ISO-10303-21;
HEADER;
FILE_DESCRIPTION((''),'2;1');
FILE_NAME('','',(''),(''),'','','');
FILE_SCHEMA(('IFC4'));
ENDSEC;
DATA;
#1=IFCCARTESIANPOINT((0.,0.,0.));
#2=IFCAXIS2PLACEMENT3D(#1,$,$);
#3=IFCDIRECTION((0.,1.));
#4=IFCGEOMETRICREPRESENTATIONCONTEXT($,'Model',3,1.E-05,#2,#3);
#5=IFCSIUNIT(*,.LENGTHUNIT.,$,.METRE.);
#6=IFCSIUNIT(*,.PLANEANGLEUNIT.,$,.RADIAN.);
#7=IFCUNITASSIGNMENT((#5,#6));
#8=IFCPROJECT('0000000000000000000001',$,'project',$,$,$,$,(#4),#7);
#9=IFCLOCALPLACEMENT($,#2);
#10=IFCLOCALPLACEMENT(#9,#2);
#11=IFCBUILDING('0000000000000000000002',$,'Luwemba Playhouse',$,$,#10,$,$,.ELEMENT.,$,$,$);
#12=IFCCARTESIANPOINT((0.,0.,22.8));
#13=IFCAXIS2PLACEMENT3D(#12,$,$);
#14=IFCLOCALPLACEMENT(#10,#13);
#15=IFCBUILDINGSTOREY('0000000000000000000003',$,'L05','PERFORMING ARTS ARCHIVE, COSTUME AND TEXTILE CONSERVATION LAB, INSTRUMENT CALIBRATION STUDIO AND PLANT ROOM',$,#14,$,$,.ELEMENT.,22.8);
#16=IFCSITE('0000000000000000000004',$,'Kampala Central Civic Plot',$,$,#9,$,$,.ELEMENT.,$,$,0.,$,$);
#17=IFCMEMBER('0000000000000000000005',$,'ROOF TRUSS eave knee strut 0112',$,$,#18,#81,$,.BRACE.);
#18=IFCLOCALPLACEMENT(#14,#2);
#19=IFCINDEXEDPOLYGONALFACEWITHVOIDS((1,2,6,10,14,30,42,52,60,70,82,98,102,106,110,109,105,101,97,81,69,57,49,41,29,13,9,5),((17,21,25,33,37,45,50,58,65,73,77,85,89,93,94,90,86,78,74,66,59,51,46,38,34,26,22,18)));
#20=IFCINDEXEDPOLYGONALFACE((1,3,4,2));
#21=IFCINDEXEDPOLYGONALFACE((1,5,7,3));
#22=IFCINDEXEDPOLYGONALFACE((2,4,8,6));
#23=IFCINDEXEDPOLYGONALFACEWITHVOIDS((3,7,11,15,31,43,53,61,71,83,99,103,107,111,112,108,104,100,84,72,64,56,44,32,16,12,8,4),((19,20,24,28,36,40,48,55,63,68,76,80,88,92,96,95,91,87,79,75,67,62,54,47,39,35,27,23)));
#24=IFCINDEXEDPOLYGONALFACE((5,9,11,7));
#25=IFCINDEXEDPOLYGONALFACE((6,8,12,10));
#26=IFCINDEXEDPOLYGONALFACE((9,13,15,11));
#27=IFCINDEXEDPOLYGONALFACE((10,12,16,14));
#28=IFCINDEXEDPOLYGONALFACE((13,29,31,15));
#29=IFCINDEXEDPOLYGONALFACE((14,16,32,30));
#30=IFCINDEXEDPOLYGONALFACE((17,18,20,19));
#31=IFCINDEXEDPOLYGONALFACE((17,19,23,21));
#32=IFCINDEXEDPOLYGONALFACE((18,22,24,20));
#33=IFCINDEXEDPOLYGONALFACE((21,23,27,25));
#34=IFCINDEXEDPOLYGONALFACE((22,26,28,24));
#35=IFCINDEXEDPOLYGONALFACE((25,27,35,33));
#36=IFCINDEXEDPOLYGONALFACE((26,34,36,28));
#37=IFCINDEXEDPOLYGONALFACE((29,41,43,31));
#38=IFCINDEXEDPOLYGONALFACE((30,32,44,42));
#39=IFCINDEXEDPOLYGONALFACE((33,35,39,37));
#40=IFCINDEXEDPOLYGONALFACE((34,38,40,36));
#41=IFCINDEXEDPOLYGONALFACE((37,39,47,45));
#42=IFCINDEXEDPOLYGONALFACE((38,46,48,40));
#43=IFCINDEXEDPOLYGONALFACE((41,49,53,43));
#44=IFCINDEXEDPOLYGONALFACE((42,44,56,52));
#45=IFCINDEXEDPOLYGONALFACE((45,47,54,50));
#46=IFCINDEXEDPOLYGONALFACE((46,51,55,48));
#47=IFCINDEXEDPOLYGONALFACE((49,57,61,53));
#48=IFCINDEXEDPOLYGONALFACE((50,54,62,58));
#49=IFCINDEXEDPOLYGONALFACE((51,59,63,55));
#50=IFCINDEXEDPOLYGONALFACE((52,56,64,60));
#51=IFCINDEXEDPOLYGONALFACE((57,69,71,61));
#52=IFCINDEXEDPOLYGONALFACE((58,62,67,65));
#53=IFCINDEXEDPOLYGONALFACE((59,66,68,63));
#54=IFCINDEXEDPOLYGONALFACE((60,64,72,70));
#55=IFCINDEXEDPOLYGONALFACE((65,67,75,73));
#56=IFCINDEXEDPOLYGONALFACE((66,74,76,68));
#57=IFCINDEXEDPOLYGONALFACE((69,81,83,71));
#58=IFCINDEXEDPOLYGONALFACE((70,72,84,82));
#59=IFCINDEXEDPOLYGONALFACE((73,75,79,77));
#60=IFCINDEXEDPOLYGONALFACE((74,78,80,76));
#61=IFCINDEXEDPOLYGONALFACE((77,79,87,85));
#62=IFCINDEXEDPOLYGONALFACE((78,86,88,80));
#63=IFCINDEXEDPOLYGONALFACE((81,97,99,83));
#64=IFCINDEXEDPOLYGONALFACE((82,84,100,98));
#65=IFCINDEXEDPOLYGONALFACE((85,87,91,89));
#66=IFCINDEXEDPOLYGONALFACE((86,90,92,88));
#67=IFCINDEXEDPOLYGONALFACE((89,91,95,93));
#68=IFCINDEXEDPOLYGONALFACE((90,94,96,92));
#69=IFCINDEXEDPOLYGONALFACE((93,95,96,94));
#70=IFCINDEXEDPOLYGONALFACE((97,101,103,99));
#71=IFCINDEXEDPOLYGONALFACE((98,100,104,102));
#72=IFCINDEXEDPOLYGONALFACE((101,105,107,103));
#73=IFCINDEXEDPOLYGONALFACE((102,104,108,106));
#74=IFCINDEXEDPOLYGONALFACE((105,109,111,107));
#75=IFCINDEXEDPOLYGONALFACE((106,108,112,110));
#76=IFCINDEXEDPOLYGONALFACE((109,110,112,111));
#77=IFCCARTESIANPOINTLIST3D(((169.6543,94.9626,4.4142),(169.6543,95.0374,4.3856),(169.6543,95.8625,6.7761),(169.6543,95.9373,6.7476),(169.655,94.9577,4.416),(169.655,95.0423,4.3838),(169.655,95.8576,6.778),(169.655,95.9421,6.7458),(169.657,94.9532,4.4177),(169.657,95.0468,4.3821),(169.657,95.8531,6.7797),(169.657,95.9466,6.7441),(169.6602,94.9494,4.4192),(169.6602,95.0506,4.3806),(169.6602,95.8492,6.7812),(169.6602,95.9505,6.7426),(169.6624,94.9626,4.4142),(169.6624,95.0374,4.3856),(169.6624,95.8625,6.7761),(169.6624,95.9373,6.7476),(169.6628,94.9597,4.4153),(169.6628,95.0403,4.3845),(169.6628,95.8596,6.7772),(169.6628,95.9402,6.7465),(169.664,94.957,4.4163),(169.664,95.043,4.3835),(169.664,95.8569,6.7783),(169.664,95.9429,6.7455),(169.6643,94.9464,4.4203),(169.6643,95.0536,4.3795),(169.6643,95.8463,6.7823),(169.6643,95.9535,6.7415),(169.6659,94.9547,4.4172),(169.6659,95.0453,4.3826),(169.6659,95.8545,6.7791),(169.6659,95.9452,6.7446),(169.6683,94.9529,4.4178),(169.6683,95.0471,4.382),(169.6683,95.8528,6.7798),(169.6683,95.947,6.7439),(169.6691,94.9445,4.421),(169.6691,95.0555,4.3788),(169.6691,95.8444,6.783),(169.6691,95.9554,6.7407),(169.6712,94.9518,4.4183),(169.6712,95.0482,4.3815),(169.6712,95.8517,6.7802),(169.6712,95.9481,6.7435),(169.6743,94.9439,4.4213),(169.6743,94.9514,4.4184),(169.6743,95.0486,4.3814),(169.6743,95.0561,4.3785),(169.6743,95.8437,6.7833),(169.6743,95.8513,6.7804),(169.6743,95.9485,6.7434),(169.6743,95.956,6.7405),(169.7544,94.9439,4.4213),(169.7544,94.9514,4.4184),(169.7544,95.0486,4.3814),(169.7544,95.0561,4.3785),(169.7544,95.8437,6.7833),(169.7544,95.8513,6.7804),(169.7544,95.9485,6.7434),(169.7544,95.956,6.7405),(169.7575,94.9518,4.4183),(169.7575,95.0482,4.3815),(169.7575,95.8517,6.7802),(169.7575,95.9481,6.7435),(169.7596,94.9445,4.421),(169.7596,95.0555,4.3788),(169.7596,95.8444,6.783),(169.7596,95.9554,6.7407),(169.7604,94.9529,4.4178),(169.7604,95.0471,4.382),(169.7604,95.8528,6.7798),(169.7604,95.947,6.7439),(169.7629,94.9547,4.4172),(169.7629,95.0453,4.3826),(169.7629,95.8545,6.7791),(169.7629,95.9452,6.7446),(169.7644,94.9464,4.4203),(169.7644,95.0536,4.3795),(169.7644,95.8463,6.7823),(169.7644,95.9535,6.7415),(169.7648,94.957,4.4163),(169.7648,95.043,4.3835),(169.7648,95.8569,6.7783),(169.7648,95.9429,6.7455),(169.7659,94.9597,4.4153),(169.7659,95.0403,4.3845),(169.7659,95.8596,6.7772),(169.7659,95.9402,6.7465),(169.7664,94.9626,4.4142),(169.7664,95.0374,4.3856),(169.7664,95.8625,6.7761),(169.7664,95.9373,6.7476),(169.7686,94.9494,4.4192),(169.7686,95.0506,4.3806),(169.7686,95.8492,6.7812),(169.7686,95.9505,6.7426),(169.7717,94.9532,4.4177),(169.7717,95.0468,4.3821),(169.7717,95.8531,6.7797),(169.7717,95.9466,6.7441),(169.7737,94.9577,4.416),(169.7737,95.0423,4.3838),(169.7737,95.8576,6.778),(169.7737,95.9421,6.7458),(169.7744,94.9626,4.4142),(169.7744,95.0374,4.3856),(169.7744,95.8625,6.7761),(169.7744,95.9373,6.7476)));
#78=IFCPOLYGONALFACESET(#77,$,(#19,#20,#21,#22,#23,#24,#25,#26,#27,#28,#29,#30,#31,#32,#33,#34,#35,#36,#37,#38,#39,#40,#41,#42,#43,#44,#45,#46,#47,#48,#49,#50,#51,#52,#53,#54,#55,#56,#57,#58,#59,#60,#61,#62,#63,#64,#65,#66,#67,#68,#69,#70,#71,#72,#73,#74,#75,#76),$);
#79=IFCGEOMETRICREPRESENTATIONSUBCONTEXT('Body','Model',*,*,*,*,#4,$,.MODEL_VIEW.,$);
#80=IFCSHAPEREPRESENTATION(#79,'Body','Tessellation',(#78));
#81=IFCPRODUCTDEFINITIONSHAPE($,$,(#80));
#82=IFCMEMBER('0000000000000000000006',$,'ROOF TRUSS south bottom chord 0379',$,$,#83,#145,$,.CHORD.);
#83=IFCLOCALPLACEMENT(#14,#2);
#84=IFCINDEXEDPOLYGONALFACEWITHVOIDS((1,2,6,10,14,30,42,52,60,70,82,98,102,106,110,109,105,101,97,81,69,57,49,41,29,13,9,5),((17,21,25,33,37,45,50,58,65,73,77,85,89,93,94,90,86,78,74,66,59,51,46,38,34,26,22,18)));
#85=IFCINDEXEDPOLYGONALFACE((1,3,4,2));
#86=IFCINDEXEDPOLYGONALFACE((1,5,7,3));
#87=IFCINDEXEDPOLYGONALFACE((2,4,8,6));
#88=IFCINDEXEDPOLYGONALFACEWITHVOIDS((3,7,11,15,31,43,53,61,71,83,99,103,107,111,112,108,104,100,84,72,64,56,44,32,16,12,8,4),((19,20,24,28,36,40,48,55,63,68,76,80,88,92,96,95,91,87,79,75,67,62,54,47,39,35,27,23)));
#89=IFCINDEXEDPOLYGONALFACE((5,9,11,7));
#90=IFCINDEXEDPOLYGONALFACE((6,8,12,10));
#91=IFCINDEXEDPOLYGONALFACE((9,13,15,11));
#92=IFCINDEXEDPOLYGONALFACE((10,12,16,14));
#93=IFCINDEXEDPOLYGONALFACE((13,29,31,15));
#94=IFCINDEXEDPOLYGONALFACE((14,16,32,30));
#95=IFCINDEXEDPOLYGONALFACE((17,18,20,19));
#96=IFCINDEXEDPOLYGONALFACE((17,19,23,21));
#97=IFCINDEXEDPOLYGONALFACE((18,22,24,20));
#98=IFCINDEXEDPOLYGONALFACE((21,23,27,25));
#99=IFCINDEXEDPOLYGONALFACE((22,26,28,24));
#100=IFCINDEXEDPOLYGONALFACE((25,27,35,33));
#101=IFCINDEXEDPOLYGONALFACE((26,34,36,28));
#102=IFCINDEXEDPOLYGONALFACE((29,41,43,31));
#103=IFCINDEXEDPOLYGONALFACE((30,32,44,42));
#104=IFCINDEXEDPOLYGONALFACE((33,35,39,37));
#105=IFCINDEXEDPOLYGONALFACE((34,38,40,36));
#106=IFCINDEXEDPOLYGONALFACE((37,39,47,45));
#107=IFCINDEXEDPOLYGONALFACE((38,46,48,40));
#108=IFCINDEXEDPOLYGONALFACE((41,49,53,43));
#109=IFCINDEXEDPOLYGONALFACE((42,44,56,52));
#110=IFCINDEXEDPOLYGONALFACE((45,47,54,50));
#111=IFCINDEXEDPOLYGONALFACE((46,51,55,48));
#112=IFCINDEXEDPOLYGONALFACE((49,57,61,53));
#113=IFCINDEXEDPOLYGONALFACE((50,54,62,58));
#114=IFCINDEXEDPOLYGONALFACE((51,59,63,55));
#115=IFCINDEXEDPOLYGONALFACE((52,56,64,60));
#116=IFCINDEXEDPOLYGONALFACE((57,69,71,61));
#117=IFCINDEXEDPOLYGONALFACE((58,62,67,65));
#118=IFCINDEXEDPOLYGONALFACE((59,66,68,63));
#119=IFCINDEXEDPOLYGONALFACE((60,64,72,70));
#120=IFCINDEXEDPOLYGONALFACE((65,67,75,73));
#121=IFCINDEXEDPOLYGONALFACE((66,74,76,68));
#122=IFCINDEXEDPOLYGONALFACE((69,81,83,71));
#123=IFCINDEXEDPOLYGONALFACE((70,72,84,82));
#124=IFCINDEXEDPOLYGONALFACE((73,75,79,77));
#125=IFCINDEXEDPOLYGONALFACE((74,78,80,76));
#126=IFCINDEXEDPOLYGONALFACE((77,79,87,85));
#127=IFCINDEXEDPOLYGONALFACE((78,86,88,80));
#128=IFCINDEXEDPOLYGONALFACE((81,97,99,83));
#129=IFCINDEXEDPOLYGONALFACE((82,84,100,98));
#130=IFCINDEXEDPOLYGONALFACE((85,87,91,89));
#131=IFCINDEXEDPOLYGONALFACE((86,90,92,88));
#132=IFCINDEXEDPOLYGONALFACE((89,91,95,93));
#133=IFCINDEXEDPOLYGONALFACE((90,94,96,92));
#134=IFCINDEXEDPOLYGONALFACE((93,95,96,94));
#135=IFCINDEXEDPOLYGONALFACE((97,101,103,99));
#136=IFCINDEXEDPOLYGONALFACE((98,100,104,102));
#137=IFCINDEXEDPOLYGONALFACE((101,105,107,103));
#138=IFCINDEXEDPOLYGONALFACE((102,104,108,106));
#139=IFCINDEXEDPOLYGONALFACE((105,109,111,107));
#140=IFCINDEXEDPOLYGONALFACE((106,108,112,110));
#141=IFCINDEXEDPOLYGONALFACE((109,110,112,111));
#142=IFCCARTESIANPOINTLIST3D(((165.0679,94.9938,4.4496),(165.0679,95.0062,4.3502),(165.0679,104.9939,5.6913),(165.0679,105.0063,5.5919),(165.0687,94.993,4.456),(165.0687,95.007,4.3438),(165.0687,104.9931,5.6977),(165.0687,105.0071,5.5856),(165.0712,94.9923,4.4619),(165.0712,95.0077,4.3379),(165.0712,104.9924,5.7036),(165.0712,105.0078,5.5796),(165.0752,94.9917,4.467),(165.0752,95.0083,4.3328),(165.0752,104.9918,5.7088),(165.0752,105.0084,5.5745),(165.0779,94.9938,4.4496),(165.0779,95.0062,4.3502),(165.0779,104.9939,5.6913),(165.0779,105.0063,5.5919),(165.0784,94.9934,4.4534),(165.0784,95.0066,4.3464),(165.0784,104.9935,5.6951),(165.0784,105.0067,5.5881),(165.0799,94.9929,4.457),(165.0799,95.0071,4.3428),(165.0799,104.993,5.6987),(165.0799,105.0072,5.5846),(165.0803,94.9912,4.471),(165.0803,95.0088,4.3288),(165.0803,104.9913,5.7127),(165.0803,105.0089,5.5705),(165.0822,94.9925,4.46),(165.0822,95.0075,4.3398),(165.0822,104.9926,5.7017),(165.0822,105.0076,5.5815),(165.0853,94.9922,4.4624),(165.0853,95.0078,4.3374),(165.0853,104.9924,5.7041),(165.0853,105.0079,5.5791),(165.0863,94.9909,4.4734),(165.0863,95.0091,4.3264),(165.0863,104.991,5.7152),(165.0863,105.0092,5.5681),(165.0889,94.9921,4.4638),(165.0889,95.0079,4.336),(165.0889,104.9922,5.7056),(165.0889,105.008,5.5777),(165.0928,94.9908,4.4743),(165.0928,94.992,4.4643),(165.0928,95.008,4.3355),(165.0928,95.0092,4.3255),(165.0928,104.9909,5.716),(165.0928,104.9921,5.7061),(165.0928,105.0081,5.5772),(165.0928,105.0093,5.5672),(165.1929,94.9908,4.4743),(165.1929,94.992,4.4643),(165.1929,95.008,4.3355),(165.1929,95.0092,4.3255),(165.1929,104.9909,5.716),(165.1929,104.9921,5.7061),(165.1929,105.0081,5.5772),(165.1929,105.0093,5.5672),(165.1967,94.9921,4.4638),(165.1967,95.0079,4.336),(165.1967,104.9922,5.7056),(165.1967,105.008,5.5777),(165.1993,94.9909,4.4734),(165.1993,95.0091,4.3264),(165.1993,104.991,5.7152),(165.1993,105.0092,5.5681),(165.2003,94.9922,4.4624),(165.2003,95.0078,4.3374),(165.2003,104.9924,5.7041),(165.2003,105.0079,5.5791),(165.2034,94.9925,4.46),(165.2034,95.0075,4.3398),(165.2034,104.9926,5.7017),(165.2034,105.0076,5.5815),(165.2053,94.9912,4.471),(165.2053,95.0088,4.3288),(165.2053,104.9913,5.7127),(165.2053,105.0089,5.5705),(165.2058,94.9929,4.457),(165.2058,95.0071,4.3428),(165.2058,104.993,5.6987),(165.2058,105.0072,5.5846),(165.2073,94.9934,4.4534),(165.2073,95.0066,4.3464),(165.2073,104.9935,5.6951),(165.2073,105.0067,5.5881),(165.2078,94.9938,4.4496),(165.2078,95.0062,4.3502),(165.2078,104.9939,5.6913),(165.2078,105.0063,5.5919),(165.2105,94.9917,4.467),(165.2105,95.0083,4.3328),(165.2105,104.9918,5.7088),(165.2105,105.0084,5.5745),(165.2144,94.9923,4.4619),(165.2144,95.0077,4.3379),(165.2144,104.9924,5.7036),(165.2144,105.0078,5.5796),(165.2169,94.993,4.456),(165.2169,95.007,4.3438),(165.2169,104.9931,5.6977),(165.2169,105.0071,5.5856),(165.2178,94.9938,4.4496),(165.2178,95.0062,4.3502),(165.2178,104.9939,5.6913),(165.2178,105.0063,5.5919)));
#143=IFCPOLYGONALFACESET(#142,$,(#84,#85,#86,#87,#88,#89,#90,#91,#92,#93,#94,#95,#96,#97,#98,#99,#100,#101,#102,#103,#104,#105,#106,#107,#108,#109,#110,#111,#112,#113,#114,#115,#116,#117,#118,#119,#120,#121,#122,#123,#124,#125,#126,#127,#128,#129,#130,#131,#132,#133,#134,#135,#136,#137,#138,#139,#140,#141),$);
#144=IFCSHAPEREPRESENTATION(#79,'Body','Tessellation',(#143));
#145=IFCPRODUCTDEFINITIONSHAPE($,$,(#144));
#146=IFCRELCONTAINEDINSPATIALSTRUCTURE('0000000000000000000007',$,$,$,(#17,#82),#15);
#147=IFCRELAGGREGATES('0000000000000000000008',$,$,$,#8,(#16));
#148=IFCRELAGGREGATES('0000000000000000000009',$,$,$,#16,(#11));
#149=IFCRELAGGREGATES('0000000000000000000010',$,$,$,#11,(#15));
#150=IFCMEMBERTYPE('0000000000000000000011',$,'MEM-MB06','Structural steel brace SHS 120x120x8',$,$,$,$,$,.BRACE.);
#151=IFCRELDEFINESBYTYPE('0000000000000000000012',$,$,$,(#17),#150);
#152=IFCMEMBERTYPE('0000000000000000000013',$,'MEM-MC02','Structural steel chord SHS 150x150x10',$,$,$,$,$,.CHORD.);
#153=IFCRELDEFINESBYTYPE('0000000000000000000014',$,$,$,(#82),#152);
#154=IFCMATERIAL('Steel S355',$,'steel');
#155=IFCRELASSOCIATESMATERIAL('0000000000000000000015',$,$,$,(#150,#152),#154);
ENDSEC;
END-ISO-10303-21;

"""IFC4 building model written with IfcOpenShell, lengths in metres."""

from ifc_helpers import new_model, si_unit, direction, frame, origin, origin_2d, place, context, subcontext, project, spatial, hollow_rectangle, extrude, material, material_profile, profile_set, type_object, element, save


model = new_model("IFC4")

# Units and contexts
model_context = context("Model", 3, precision=1e-05, world=origin(), true_north=direction((0.0, 1.0)))
body_context = subcontext(model_context, "Body", "Model", "MODEL_VIEW")
ifc_project = project(units=[si_unit("LENGTHUNIT", "METRE"), si_unit("PLANEANGLEUNIT", "RADIAN")], contexts=[model_context])

# Site, building, storey
site_placement = place(None, origin())
site = spatial("IfcSite", under=ifc_project, at=site_placement, Name="Kampala Central Civic Plot", CompositionType="ELEMENT", RefElevation=0.0)
building_placement = place(site_placement, origin())
building = spatial("IfcBuilding", under=site, at=building_placement, Name="Luwemba Playhouse", CompositionType="ELEMENT")
storey_placement = place(building_placement, frame((0.0, 0.0, 22.8)))
storey = spatial("IfcBuildingStorey", under=building, at=storey_placement, Name="L05", Description="PERFORMING ARTS ARCHIVE, COSTUME AND TEXTILE CONSERVATION LAB, INSTRUMENT CALIBRATION STUDIO AND PLANT ROOM", CompositionType="ELEMENT", Elevation=22.8)

# Shared definitions
ifc_material_1 = material(Name="Steel S355", Category="steel")

# Members
ifc_material_profile_1 = material_profile(ifc_material_1, hollow_rectangle(XDim=0.1201, YDim=0.1201, WallThickness=0.0081, InnerFilletRadius=0.012, OuterFilletRadius=0.02, at=origin_2d()))
ifc_profile_set_1 = profile_set([ifc_material_profile_1], Name="Steel S355")
member_type_1 = type_object("IfcMemberType", Name="MEM-MB06", Description="Structural steel brace SHS 120x120x8", PredefinedType="BRACE", material=ifc_profile_set_1)
member_1_placement = place(storey_placement, frame((169.7144, 95.0, 4.3999), z_axis=(0.0, 0.356019, 0.934479), x_axis=(-1.0, 0.0, 0.0)))
element("IfcMember", 1, at=member_1_placement, inside=storey, type_object=member_type_1, Name="ROOF TRUSS eave knee strut 0112", PredefinedType="BRACE", context=body_context, shape_type="SweptSolid", body=[
    extrude(hollow_rectangle(XDim=0.1201, YDim=0.1201, WallThickness=0.0081, InnerFilletRadius=0.012, OuterFilletRadius=0.02, at=origin_2d()), origin(), (0.0, 0.0, 1.0), 2.5276),
])
ifc_material_profile_2 = material_profile(ifc_material_1, hollow_rectangle(XDim=0.1499, YDim=0.1499, WallThickness=0.01, InnerFilletRadius=0.0149, OuterFilletRadius=0.0249, at=origin_2d()))
ifc_profile_set_2 = profile_set([ifc_material_profile_2], Name="Steel S355")
member_type_2 = type_object("IfcMemberType", Name="MEM-MC02", Description="Structural steel chord SHS 150x150x10", PredefinedType="CHORD", material=ifc_profile_set_2)
member_2_placement = place(storey_placement, frame((165.1428, 95.0, 4.3999), z_axis=(0.0, 0.992379, 0.123224), x_axis=(-1.0, 0.0, 0.0)))
element("IfcMember", 2, at=member_2_placement, inside=storey, type_object=member_type_2, Name="ROOF TRUSS south bottom chord 0379", PredefinedType="CHORD", context=body_context, shape_type="SweptSolid", body=[
    extrude(hollow_rectangle(XDim=0.1499, YDim=0.1499, WallThickness=0.01, InnerFilletRadius=0.0149, OuterFilletRadius=0.0249, at=origin_2d()), origin(), (0.0, 0.0, 1.0), 10.0769),
])

save(model, "model.ifc")
